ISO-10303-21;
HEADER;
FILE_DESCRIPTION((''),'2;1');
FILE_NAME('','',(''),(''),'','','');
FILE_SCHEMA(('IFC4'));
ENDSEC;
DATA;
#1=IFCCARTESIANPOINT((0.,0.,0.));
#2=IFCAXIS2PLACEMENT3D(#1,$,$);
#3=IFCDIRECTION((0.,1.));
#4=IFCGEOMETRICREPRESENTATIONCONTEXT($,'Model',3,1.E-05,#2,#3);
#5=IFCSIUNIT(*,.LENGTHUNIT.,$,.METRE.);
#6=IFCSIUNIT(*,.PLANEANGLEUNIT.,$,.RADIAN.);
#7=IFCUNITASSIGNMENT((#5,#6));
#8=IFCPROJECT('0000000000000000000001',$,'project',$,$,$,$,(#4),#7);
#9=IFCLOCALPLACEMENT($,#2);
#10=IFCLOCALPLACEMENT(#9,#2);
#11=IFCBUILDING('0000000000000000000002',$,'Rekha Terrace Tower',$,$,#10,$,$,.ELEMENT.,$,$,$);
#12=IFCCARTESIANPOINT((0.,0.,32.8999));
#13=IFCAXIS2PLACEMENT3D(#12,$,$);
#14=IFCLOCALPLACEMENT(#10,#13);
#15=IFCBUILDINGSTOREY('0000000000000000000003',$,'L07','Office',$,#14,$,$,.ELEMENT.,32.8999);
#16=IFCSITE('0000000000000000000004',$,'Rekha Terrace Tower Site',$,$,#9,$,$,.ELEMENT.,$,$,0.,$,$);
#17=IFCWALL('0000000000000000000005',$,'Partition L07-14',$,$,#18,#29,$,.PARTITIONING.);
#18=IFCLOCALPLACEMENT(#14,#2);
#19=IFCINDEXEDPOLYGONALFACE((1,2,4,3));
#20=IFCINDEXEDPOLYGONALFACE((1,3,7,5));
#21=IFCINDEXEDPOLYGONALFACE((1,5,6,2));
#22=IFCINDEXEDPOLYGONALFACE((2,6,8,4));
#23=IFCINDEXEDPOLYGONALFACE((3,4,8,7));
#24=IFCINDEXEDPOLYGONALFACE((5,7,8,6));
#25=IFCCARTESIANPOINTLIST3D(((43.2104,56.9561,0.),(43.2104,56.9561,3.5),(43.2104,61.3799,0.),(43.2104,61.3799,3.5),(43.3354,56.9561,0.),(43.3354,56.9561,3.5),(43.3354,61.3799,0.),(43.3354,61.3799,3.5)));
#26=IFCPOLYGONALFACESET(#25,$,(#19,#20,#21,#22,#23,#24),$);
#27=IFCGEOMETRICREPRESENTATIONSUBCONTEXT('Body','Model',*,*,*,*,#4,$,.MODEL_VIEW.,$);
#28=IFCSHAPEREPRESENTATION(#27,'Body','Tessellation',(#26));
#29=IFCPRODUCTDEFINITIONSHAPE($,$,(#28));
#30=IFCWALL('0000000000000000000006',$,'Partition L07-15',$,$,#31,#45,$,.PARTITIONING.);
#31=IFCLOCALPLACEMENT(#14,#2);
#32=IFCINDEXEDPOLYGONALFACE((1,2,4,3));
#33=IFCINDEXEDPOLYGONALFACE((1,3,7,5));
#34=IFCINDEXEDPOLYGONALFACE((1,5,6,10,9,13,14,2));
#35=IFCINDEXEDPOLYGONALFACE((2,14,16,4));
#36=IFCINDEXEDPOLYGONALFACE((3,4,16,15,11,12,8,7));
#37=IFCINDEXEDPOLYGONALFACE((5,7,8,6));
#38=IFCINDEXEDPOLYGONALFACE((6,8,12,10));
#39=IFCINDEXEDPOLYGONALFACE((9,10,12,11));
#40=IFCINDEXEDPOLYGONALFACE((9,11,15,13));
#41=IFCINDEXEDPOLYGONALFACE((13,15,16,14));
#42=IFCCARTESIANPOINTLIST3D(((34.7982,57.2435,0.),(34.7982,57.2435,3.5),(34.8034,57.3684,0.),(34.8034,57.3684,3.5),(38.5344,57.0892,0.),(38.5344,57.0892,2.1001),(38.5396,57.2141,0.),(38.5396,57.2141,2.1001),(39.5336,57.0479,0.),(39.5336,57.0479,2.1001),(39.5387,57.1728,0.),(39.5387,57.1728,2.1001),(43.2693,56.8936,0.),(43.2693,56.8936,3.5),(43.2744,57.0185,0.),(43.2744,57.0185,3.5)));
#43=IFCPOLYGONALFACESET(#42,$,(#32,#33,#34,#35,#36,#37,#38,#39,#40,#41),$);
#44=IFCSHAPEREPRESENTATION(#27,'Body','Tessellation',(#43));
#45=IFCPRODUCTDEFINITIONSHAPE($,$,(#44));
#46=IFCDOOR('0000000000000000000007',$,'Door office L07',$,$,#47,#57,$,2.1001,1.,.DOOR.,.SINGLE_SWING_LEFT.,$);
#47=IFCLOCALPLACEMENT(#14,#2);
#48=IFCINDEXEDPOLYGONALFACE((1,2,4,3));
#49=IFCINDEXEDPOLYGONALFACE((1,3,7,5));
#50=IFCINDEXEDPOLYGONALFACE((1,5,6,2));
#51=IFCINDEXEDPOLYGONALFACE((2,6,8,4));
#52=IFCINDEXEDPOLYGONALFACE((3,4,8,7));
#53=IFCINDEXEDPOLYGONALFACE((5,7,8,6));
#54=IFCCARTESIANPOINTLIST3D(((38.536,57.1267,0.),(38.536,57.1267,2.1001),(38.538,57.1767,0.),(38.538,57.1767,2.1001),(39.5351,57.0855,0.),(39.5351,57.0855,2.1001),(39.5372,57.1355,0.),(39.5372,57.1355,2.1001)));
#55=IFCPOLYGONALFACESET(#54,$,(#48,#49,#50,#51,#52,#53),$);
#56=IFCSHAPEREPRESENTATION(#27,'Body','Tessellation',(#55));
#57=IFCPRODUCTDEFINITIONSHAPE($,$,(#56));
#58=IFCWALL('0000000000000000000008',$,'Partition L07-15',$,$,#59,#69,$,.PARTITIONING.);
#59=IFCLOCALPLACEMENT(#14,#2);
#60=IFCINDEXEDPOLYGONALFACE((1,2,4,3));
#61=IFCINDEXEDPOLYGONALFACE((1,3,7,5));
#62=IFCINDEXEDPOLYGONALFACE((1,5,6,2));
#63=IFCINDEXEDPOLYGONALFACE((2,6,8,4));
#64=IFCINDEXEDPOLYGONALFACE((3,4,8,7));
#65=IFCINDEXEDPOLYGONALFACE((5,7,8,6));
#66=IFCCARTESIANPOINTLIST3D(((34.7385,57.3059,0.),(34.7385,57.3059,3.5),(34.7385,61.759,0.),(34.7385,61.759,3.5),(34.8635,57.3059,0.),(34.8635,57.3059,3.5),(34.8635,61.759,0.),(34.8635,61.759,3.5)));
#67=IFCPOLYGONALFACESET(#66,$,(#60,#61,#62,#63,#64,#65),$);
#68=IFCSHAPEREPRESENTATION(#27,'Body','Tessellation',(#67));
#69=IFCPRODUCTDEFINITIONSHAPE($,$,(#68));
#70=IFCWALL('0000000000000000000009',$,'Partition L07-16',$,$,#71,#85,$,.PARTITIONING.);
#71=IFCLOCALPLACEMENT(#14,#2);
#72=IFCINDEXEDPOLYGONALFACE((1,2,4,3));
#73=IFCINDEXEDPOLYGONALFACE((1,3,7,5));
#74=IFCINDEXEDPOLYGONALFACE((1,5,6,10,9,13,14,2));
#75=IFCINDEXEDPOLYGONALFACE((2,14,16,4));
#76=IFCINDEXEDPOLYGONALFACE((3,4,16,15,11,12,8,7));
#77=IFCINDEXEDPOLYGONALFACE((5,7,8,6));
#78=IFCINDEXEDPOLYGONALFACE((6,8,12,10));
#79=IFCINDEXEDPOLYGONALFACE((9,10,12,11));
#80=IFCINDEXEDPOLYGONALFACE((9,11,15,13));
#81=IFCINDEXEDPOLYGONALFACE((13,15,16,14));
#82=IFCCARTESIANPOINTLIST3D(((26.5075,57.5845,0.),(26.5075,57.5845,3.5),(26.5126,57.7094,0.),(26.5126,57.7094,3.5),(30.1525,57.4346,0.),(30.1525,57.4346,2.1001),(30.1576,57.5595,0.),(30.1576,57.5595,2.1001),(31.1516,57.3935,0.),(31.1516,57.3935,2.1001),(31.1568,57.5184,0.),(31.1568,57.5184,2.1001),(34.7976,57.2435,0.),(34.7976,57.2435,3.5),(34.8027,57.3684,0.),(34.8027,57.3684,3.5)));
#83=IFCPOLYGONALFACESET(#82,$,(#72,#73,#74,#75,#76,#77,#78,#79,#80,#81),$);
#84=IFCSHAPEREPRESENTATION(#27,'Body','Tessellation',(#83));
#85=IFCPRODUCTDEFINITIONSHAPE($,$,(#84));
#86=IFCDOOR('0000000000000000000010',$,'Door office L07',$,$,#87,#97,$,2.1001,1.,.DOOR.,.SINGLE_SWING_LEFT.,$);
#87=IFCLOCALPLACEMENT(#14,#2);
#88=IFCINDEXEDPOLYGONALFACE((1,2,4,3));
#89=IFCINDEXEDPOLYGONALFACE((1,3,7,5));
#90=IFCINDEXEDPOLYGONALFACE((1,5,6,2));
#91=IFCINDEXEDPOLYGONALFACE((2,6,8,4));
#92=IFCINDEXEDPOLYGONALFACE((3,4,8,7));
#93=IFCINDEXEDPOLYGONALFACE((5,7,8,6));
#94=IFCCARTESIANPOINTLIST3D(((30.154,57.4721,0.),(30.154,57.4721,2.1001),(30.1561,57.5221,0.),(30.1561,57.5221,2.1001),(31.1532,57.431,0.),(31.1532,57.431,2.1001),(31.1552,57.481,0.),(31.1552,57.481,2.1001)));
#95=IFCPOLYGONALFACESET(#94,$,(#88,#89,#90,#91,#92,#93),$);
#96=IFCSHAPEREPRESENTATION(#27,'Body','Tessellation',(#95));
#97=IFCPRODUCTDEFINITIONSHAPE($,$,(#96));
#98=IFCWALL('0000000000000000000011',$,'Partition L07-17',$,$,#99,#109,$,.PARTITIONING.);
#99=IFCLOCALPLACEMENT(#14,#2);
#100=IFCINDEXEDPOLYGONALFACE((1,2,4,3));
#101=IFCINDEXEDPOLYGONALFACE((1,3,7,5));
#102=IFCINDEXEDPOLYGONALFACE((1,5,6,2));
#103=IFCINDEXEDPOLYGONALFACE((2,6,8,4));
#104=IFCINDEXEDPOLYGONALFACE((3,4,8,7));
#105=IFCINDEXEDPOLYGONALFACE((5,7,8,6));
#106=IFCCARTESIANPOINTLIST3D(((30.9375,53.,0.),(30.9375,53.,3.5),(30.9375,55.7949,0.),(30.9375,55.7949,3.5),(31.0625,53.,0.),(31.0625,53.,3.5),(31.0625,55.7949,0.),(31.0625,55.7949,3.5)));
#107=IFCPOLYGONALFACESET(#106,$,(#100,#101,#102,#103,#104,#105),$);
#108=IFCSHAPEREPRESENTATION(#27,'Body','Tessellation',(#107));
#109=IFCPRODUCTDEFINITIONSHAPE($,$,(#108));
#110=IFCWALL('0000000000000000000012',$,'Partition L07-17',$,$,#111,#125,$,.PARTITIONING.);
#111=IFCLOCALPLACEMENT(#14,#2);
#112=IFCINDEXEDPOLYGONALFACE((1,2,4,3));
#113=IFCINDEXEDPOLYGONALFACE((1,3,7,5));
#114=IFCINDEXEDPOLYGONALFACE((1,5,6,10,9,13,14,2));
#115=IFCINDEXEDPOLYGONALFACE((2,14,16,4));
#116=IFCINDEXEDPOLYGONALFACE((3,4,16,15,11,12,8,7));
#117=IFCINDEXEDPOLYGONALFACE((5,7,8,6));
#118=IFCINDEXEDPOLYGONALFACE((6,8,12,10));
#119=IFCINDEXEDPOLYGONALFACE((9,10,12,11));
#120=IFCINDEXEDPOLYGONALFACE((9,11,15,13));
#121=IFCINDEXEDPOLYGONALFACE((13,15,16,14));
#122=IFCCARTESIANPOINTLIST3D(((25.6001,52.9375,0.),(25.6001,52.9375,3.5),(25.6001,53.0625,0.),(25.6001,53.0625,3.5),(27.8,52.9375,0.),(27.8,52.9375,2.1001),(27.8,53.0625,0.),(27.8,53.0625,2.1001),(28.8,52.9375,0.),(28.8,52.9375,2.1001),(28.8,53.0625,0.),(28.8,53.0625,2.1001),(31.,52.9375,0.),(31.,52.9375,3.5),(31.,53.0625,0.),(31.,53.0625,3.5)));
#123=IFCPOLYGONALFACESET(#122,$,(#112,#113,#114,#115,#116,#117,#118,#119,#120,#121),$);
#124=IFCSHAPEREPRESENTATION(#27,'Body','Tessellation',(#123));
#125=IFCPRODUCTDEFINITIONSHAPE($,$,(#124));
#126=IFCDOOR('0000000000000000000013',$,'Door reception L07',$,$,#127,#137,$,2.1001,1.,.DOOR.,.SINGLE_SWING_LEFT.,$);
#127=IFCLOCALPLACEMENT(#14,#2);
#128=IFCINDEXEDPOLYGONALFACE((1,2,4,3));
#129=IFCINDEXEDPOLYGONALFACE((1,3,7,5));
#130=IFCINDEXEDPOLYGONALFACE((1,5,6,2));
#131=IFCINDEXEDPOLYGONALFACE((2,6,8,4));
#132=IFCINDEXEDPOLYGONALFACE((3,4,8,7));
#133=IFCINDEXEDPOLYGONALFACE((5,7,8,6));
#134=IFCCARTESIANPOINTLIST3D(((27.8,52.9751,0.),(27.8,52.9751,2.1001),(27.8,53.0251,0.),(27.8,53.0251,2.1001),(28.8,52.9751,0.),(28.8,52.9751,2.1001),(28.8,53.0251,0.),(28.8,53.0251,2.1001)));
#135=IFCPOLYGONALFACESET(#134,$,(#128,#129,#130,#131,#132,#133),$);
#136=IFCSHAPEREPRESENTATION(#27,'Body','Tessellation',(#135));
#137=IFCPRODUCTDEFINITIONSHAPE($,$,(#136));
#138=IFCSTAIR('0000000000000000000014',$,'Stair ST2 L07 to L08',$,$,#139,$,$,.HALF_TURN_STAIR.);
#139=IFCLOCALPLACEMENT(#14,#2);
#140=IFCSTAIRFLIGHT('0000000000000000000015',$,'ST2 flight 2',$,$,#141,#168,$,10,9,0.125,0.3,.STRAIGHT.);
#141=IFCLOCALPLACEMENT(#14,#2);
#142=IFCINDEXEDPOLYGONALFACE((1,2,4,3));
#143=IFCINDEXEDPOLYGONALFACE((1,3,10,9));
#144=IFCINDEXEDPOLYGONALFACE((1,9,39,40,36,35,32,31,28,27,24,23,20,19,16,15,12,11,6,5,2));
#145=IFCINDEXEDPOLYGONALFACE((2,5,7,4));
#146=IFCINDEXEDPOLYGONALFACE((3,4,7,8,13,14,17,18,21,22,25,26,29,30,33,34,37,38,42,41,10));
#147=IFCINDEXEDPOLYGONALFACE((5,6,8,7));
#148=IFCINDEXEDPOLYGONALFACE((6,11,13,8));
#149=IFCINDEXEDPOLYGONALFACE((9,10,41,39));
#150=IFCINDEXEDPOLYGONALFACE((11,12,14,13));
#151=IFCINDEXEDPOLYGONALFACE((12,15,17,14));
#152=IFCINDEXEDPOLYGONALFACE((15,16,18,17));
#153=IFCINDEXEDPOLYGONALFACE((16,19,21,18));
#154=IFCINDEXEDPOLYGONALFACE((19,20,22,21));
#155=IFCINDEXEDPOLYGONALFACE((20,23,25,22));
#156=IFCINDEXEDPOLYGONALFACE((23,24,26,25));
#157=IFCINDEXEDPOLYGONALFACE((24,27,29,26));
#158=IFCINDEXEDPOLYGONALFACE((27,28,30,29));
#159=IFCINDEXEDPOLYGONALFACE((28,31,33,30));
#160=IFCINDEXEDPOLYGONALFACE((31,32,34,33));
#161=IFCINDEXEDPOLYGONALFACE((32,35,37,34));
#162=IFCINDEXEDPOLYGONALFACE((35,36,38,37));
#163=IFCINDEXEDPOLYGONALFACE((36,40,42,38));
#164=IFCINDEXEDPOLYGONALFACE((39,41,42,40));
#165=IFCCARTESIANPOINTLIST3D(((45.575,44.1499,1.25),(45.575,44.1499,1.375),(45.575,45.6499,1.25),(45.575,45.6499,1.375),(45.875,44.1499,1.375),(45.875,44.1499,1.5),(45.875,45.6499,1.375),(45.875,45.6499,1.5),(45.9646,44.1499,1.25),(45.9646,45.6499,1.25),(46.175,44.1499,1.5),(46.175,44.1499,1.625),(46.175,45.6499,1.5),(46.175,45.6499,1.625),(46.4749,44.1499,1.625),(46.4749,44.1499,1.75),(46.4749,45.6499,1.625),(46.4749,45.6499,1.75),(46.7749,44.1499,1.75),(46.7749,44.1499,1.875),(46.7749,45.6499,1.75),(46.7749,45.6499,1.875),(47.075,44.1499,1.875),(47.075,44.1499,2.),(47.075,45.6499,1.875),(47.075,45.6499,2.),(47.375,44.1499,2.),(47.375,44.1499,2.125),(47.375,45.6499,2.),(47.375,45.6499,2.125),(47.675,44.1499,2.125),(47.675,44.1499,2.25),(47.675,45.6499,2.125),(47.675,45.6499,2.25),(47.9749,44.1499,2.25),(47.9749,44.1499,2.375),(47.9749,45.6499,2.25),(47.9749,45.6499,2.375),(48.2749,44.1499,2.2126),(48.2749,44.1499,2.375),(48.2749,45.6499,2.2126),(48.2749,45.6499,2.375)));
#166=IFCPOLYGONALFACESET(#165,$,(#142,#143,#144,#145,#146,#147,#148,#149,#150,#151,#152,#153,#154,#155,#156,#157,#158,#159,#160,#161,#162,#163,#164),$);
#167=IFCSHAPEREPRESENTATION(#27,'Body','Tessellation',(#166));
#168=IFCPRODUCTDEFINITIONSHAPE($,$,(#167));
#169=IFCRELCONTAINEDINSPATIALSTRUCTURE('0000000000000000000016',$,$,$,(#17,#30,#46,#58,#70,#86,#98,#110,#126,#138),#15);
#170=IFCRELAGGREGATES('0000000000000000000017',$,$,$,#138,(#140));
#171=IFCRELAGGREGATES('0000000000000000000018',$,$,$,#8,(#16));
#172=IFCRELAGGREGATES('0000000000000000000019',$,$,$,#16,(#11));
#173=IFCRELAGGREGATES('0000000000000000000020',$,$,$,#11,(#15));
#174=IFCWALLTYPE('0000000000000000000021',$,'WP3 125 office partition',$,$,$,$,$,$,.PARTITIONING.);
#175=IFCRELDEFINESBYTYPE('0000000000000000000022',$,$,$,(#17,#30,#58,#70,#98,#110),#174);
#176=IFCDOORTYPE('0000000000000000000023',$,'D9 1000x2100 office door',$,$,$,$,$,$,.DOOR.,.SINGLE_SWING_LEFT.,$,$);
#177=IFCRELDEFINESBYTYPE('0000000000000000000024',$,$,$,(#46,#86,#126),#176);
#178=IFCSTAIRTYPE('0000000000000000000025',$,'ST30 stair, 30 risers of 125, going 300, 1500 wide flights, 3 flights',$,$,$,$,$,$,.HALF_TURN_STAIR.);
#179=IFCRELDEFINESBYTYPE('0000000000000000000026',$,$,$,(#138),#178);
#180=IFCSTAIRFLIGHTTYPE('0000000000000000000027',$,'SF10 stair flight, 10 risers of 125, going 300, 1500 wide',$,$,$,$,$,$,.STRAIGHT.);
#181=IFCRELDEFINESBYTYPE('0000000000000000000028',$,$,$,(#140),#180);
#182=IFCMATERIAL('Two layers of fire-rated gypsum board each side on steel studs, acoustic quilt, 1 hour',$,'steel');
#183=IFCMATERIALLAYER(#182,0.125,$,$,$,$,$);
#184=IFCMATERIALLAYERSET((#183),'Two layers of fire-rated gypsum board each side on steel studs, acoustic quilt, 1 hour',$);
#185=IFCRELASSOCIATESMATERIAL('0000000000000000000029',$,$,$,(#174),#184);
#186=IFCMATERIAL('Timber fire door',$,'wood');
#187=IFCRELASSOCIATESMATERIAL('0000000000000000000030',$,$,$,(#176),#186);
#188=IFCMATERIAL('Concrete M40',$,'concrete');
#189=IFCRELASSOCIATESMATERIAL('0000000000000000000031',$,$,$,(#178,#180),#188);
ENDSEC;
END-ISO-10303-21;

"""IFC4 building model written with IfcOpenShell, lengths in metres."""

from ifc_helpers import new_model, si_unit, direction, frame, frame_2d, origin, place, context, subcontext, project, spatial, polyline, rectangle, outline, extrude, material, layer, layer_set, type_object, element, fill, aggregate, save


model = new_model("IFC4")

# Units and contexts
model_context = context("Model", 3, precision=1e-05, world=origin(), true_north=direction((0.0, 1.0)))
body_context = subcontext(model_context, "Body", "Model", "MODEL_VIEW")
ifc_project = project(units=[si_unit("LENGTHUNIT", "METRE"), si_unit("PLANEANGLEUNIT", "RADIAN")], contexts=[model_context])

# Site, building, storey
site_placement = place(None, origin())
site = spatial("IfcSite", under=ifc_project, at=site_placement, Name="Rekha Terrace Tower Site", CompositionType="ELEMENT", RefElevation=0.0)
building_placement = place(site_placement, origin())
building = spatial("IfcBuilding", under=site, at=building_placement, Name="Rekha Terrace Tower", CompositionType="ELEMENT")
storey_placement = place(building_placement, frame((0.0, 0.0, 32.8999)))
storey = spatial("IfcBuildingStorey", under=building, at=storey_placement, Name="L07", Description="Office", CompositionType="ELEMENT", Elevation=32.8999)

# Wall
ifc_material_1 = material(Name="Two layers of fire-rated gypsum board each side on steel studs, acoustic quilt, 1 hour", Category="steel")
ifc_layer_1 = layer(ifc_material_1, 0.125)
ifc_layer_set_1 = layer_set([ifc_layer_1], Name="Two layers of fire-rated gypsum board each side on steel studs, acoustic quilt, 1 hour")
wall_type_1 = type_object("IfcWallType", Name="WP3 125 office partition", PredefinedType="PARTITIONING", material=ifc_layer_set_1)
wall_1_placement = place(storey_placement, frame((43.2729, 56.9561, 0.0), z_axis=(0.0, 0.0, 1.0), x_axis=(0.0, 1.0, 0.0)))
element("IfcWall", 1, at=wall_1_placement, inside=storey, type_object=wall_type_1, Name="Partition L07-14", PredefinedType="PARTITIONING", context=body_context, shape_type="SweptSolid", body=[
    extrude(rectangle(XDim=4.4238, YDim=0.125, at=frame_2d((2.2119, 0.0))), origin(), (0.0, 0.0, 1.0), 3.5),
])

# Wall, opening, door
wall_2_placement = place(storey_placement, frame((43.272, 56.9561, 0.0), z_axis=(0.0, 0.0, 1.0), x_axis=(-0.999148, 0.041265, 0.0)))
wall_2 = element("IfcWall", 2, at=wall_2_placement, inside=storey, type_object=wall_type_1, Name="Partition L07-15", PredefinedType="PARTITIONING", context=body_context, shape_type="SweptSolid", body=[
    extrude(rectangle(XDim=8.4783, YDim=0.125, at=frame_2d((4.2393, 0.0))), origin(), (0.0, 0.0, 1.0), 3.5),
])
opening_1_placement = place(wall_2_placement, frame((3.739, 0.0, 0.0)))
opening_1 = element("IfcOpeningElement", 3, at=opening_1_placement, cuts=wall_2, PredefinedType="OPENING", context=body_context, shape_type="SweptSolid", body=[
    extrude(rectangle(XDim=1.0, YDim=2.1001, at=frame_2d((0.5, 1.05))), frame((0.0, 0.0725, 0.0), z_axis=(0.0, -1.0, 0.0), x_axis=(1.0, 0.0, 0.0)), (0.0, 0.0, 1.0), 0.145),
])
ifc_material_2 = material(Name="Timber fire door", Category="wood")
door_type_1 = type_object("IfcDoorType", Name="D9 1000x2100 office door", OperationType="SINGLE_SWING_LEFT", PredefinedType="DOOR", material=ifc_material_2)
door_1_placement = place(opening_1_placement, origin())
door_1 = element("IfcDoor", 4, at=door_1_placement, inside=storey, type_object=door_type_1, Name="Door office L07", OperationType="SINGLE_SWING_LEFT", OverallHeight=2.1001, OverallWidth=1.0, PredefinedType="DOOR", context=body_context, shape_type="SweptSolid", body=[
    extrude(rectangle(XDim=1.0, YDim=2.1001, at=frame_2d((0.5, 1.05))), frame((0.0, 0.0249, 0.0), z_axis=(0.0, -1.0, 0.0), x_axis=(1.0, 0.0, 0.0)), (0.0, 0.0, 1.0), 0.05),
])
fill(opening_1, door_1)

# Wall
wall_3_placement = place(storey_placement, frame((34.801, 57.3059, 0.0), z_axis=(0.0, 0.0, 1.0), x_axis=(0.0, 1.0, 0.0)))
element("IfcWall", 5, at=wall_3_placement, inside=storey, type_object=wall_type_1, Name="Partition L07-15", PredefinedType="PARTITIONING", context=body_context, shape_type="SweptSolid", body=[
    extrude(rectangle(XDim=4.4531, YDim=0.125, at=frame_2d((2.2266, 0.0))), origin(), (0.0, 0.0, 1.0), 3.5),
])

# Wall, opening, door
wall_4_placement = place(storey_placement, frame((34.8, 57.3059, 0.0), z_axis=(0.0, 0.0, 1.0), x_axis=(-0.999155, 0.041107, 0.0)))
wall_4 = element("IfcWall", 6, at=wall_4_placement, inside=storey, type_object=wall_type_1, Name="Partition L07-16", PredefinedType="PARTITIONING", context=body_context, shape_type="SweptSolid", body=[
    extrude(rectangle(XDim=8.2971, YDim=0.125, at=frame_2d((4.1484, 0.0))), origin(), (0.0, 0.0, 1.0), 3.5),
])
opening_2_placement = place(wall_4_placement, frame((3.6489, 0.0, 0.0)))
opening_2 = element("IfcOpeningElement", 7, at=opening_2_placement, cuts=wall_4, PredefinedType="OPENING", context=body_context, shape_type="SweptSolid", body=[
    extrude(rectangle(XDim=1.0, YDim=2.1001, at=frame_2d((0.5, 1.05))), frame((0.0, 0.0725, 0.0), z_axis=(0.0, -1.0, 0.0), x_axis=(1.0, 0.0, 0.0)), (0.0, 0.0, 1.0), 0.145),
])
door_2_placement = place(opening_2_placement, origin())
door_2 = element("IfcDoor", 8, at=door_2_placement, inside=storey, type_object=door_type_1, Name="Door office L07", OperationType="SINGLE_SWING_LEFT", OverallHeight=2.1001, OverallWidth=1.0, PredefinedType="DOOR", context=body_context, shape_type="SweptSolid", body=[
    extrude(rectangle(XDim=1.0, YDim=2.1001, at=frame_2d((0.5, 1.05))), frame((0.0, 0.0249, 0.0), z_axis=(0.0, -1.0, 0.0), x_axis=(1.0, 0.0, 0.0)), (0.0, 0.0, 1.0), 0.05),
])
fill(opening_2, door_2)

# Wall
wall_5_placement = place(storey_placement, frame((31.0, 55.7949, 0.0), z_axis=(0.0, 0.0, 1.0), x_axis=(0.0, -1.0, 0.0)))
element("IfcWall", 9, at=wall_5_placement, inside=storey, type_object=wall_type_1, Name="Partition L07-17", PredefinedType="PARTITIONING", context=body_context, shape_type="SweptSolid", body=[
    extrude(rectangle(XDim=2.7949, YDim=0.125, at=frame_2d((1.3975, 0.0))), origin(), (0.0, 0.0, 1.0), 3.5),
])

# Wall, opening, door
wall_6_placement = place(storey_placement, frame((31.0, 53.0, 0.0), z_axis=(0.0, 0.0, 1.0), x_axis=(-1.0, 0.0, 0.0)))
wall_6 = element("IfcWall", 10, at=wall_6_placement, inside=storey, type_object=wall_type_1, Name="Partition L07-17", PredefinedType="PARTITIONING", context=body_context, shape_type="SweptSolid", body=[
    extrude(rectangle(XDim=5.3999, YDim=0.125, at=frame_2d((2.7, 0.0))), origin(), (0.0, 0.0, 1.0), 3.5),
])
opening_3_placement = place(wall_6_placement, frame((2.2, 0.0, 0.0)))
opening_3 = element("IfcOpeningElement", 11, at=opening_3_placement, cuts=wall_6, PredefinedType="OPENING", context=body_context, shape_type="SweptSolid", body=[
    extrude(rectangle(XDim=1.0, YDim=2.1001, at=frame_2d((0.5, 1.05))), frame((0.0, 0.0725, 0.0), z_axis=(0.0, -1.0, 0.0), x_axis=(1.0, 0.0, 0.0)), (0.0, 0.0, 1.0), 0.145),
])
door_3_placement = place(opening_3_placement, origin())
door_3 = element("IfcDoor", 12, at=door_3_placement, inside=storey, type_object=door_type_1, Name="Door reception L07", OperationType="SINGLE_SWING_LEFT", OverallHeight=2.1001, OverallWidth=1.0, PredefinedType="DOOR", context=body_context, shape_type="SweptSolid", body=[
    extrude(rectangle(XDim=1.0, YDim=2.1001, at=frame_2d((0.5, 1.05))), frame((0.0, 0.0249, 0.0), z_axis=(0.0, -1.0, 0.0), x_axis=(1.0, 0.0, 0.0)), (0.0, 0.0, 1.0), 0.05),
])
fill(opening_3, door_3)

# Stair, stair flight
ifc_material_3 = material(Name="Concrete M40", Category="concrete")
stair_type = type_object("IfcStairType", Name="ST30 stair, 30 risers of 125, going 300, 1500 wide flights, 3 flights", PredefinedType="HALF_TURN_STAIR", material=ifc_material_3)
stair_placement = place(storey_placement, origin())
stair = element("IfcStair", 13, at=stair_placement, inside=storey, type_object=stair_type, Name="Stair ST2 L07 to L08", PredefinedType="HALF_TURN_STAIR")
stair_flight_type = type_object("IfcStairFlightType", Name="SF10 stair flight, 10 risers of 125, going 300, 1500 wide", PredefinedType="STRAIGHT", material=ifc_material_3)
stair_flight_placement = place(storey_placement, frame((45.575, 44.8999, 1.25), z_axis=(0.0, 0.0, 1.0), x_axis=(1.0, 0.0, 0.0)))
stair_flight = element("IfcStairFlight", 14, at=stair_flight_placement, type_object=stair_flight_type, Name="ST2 flight 2", NumberOfRisers=10, NumberOfTreads=9, PredefinedType="STRAIGHT", RiserHeight=0.125, TreadLength=0.3, context=body_context, shape_type="SweptSolid", body=[
    extrude(outline(polyline([(0.0, 0.0), (0.0, 0.125), (0.3, 0.125), (0.3, 0.25), (0.6001, 0.25), (0.6001, 0.375), (0.8999, 0.375), (0.8999, 0.5), (1.2, 0.5), (1.2, 0.625), (1.5, 0.625), (1.5, 0.75), (1.8, 0.75), (1.8, 0.875), (2.1001, 0.875), (2.1001, 1.0), (2.3999, 1.0), (2.3999, 1.125), (2.7, 1.125), (2.7, 1.25), (2.7, 0.9626), (0.3896, 0.0), (0.0, 0.0)])), frame((0.0, 0.75, 0.0), z_axis=(0.0, -1.0, 0.0), x_axis=(1.0, 0.0, 0.0)), (0.0, 0.0, 1.0), 1.5),
])
aggregate(stair, [stair_flight])

save(model, "model.ifc")
